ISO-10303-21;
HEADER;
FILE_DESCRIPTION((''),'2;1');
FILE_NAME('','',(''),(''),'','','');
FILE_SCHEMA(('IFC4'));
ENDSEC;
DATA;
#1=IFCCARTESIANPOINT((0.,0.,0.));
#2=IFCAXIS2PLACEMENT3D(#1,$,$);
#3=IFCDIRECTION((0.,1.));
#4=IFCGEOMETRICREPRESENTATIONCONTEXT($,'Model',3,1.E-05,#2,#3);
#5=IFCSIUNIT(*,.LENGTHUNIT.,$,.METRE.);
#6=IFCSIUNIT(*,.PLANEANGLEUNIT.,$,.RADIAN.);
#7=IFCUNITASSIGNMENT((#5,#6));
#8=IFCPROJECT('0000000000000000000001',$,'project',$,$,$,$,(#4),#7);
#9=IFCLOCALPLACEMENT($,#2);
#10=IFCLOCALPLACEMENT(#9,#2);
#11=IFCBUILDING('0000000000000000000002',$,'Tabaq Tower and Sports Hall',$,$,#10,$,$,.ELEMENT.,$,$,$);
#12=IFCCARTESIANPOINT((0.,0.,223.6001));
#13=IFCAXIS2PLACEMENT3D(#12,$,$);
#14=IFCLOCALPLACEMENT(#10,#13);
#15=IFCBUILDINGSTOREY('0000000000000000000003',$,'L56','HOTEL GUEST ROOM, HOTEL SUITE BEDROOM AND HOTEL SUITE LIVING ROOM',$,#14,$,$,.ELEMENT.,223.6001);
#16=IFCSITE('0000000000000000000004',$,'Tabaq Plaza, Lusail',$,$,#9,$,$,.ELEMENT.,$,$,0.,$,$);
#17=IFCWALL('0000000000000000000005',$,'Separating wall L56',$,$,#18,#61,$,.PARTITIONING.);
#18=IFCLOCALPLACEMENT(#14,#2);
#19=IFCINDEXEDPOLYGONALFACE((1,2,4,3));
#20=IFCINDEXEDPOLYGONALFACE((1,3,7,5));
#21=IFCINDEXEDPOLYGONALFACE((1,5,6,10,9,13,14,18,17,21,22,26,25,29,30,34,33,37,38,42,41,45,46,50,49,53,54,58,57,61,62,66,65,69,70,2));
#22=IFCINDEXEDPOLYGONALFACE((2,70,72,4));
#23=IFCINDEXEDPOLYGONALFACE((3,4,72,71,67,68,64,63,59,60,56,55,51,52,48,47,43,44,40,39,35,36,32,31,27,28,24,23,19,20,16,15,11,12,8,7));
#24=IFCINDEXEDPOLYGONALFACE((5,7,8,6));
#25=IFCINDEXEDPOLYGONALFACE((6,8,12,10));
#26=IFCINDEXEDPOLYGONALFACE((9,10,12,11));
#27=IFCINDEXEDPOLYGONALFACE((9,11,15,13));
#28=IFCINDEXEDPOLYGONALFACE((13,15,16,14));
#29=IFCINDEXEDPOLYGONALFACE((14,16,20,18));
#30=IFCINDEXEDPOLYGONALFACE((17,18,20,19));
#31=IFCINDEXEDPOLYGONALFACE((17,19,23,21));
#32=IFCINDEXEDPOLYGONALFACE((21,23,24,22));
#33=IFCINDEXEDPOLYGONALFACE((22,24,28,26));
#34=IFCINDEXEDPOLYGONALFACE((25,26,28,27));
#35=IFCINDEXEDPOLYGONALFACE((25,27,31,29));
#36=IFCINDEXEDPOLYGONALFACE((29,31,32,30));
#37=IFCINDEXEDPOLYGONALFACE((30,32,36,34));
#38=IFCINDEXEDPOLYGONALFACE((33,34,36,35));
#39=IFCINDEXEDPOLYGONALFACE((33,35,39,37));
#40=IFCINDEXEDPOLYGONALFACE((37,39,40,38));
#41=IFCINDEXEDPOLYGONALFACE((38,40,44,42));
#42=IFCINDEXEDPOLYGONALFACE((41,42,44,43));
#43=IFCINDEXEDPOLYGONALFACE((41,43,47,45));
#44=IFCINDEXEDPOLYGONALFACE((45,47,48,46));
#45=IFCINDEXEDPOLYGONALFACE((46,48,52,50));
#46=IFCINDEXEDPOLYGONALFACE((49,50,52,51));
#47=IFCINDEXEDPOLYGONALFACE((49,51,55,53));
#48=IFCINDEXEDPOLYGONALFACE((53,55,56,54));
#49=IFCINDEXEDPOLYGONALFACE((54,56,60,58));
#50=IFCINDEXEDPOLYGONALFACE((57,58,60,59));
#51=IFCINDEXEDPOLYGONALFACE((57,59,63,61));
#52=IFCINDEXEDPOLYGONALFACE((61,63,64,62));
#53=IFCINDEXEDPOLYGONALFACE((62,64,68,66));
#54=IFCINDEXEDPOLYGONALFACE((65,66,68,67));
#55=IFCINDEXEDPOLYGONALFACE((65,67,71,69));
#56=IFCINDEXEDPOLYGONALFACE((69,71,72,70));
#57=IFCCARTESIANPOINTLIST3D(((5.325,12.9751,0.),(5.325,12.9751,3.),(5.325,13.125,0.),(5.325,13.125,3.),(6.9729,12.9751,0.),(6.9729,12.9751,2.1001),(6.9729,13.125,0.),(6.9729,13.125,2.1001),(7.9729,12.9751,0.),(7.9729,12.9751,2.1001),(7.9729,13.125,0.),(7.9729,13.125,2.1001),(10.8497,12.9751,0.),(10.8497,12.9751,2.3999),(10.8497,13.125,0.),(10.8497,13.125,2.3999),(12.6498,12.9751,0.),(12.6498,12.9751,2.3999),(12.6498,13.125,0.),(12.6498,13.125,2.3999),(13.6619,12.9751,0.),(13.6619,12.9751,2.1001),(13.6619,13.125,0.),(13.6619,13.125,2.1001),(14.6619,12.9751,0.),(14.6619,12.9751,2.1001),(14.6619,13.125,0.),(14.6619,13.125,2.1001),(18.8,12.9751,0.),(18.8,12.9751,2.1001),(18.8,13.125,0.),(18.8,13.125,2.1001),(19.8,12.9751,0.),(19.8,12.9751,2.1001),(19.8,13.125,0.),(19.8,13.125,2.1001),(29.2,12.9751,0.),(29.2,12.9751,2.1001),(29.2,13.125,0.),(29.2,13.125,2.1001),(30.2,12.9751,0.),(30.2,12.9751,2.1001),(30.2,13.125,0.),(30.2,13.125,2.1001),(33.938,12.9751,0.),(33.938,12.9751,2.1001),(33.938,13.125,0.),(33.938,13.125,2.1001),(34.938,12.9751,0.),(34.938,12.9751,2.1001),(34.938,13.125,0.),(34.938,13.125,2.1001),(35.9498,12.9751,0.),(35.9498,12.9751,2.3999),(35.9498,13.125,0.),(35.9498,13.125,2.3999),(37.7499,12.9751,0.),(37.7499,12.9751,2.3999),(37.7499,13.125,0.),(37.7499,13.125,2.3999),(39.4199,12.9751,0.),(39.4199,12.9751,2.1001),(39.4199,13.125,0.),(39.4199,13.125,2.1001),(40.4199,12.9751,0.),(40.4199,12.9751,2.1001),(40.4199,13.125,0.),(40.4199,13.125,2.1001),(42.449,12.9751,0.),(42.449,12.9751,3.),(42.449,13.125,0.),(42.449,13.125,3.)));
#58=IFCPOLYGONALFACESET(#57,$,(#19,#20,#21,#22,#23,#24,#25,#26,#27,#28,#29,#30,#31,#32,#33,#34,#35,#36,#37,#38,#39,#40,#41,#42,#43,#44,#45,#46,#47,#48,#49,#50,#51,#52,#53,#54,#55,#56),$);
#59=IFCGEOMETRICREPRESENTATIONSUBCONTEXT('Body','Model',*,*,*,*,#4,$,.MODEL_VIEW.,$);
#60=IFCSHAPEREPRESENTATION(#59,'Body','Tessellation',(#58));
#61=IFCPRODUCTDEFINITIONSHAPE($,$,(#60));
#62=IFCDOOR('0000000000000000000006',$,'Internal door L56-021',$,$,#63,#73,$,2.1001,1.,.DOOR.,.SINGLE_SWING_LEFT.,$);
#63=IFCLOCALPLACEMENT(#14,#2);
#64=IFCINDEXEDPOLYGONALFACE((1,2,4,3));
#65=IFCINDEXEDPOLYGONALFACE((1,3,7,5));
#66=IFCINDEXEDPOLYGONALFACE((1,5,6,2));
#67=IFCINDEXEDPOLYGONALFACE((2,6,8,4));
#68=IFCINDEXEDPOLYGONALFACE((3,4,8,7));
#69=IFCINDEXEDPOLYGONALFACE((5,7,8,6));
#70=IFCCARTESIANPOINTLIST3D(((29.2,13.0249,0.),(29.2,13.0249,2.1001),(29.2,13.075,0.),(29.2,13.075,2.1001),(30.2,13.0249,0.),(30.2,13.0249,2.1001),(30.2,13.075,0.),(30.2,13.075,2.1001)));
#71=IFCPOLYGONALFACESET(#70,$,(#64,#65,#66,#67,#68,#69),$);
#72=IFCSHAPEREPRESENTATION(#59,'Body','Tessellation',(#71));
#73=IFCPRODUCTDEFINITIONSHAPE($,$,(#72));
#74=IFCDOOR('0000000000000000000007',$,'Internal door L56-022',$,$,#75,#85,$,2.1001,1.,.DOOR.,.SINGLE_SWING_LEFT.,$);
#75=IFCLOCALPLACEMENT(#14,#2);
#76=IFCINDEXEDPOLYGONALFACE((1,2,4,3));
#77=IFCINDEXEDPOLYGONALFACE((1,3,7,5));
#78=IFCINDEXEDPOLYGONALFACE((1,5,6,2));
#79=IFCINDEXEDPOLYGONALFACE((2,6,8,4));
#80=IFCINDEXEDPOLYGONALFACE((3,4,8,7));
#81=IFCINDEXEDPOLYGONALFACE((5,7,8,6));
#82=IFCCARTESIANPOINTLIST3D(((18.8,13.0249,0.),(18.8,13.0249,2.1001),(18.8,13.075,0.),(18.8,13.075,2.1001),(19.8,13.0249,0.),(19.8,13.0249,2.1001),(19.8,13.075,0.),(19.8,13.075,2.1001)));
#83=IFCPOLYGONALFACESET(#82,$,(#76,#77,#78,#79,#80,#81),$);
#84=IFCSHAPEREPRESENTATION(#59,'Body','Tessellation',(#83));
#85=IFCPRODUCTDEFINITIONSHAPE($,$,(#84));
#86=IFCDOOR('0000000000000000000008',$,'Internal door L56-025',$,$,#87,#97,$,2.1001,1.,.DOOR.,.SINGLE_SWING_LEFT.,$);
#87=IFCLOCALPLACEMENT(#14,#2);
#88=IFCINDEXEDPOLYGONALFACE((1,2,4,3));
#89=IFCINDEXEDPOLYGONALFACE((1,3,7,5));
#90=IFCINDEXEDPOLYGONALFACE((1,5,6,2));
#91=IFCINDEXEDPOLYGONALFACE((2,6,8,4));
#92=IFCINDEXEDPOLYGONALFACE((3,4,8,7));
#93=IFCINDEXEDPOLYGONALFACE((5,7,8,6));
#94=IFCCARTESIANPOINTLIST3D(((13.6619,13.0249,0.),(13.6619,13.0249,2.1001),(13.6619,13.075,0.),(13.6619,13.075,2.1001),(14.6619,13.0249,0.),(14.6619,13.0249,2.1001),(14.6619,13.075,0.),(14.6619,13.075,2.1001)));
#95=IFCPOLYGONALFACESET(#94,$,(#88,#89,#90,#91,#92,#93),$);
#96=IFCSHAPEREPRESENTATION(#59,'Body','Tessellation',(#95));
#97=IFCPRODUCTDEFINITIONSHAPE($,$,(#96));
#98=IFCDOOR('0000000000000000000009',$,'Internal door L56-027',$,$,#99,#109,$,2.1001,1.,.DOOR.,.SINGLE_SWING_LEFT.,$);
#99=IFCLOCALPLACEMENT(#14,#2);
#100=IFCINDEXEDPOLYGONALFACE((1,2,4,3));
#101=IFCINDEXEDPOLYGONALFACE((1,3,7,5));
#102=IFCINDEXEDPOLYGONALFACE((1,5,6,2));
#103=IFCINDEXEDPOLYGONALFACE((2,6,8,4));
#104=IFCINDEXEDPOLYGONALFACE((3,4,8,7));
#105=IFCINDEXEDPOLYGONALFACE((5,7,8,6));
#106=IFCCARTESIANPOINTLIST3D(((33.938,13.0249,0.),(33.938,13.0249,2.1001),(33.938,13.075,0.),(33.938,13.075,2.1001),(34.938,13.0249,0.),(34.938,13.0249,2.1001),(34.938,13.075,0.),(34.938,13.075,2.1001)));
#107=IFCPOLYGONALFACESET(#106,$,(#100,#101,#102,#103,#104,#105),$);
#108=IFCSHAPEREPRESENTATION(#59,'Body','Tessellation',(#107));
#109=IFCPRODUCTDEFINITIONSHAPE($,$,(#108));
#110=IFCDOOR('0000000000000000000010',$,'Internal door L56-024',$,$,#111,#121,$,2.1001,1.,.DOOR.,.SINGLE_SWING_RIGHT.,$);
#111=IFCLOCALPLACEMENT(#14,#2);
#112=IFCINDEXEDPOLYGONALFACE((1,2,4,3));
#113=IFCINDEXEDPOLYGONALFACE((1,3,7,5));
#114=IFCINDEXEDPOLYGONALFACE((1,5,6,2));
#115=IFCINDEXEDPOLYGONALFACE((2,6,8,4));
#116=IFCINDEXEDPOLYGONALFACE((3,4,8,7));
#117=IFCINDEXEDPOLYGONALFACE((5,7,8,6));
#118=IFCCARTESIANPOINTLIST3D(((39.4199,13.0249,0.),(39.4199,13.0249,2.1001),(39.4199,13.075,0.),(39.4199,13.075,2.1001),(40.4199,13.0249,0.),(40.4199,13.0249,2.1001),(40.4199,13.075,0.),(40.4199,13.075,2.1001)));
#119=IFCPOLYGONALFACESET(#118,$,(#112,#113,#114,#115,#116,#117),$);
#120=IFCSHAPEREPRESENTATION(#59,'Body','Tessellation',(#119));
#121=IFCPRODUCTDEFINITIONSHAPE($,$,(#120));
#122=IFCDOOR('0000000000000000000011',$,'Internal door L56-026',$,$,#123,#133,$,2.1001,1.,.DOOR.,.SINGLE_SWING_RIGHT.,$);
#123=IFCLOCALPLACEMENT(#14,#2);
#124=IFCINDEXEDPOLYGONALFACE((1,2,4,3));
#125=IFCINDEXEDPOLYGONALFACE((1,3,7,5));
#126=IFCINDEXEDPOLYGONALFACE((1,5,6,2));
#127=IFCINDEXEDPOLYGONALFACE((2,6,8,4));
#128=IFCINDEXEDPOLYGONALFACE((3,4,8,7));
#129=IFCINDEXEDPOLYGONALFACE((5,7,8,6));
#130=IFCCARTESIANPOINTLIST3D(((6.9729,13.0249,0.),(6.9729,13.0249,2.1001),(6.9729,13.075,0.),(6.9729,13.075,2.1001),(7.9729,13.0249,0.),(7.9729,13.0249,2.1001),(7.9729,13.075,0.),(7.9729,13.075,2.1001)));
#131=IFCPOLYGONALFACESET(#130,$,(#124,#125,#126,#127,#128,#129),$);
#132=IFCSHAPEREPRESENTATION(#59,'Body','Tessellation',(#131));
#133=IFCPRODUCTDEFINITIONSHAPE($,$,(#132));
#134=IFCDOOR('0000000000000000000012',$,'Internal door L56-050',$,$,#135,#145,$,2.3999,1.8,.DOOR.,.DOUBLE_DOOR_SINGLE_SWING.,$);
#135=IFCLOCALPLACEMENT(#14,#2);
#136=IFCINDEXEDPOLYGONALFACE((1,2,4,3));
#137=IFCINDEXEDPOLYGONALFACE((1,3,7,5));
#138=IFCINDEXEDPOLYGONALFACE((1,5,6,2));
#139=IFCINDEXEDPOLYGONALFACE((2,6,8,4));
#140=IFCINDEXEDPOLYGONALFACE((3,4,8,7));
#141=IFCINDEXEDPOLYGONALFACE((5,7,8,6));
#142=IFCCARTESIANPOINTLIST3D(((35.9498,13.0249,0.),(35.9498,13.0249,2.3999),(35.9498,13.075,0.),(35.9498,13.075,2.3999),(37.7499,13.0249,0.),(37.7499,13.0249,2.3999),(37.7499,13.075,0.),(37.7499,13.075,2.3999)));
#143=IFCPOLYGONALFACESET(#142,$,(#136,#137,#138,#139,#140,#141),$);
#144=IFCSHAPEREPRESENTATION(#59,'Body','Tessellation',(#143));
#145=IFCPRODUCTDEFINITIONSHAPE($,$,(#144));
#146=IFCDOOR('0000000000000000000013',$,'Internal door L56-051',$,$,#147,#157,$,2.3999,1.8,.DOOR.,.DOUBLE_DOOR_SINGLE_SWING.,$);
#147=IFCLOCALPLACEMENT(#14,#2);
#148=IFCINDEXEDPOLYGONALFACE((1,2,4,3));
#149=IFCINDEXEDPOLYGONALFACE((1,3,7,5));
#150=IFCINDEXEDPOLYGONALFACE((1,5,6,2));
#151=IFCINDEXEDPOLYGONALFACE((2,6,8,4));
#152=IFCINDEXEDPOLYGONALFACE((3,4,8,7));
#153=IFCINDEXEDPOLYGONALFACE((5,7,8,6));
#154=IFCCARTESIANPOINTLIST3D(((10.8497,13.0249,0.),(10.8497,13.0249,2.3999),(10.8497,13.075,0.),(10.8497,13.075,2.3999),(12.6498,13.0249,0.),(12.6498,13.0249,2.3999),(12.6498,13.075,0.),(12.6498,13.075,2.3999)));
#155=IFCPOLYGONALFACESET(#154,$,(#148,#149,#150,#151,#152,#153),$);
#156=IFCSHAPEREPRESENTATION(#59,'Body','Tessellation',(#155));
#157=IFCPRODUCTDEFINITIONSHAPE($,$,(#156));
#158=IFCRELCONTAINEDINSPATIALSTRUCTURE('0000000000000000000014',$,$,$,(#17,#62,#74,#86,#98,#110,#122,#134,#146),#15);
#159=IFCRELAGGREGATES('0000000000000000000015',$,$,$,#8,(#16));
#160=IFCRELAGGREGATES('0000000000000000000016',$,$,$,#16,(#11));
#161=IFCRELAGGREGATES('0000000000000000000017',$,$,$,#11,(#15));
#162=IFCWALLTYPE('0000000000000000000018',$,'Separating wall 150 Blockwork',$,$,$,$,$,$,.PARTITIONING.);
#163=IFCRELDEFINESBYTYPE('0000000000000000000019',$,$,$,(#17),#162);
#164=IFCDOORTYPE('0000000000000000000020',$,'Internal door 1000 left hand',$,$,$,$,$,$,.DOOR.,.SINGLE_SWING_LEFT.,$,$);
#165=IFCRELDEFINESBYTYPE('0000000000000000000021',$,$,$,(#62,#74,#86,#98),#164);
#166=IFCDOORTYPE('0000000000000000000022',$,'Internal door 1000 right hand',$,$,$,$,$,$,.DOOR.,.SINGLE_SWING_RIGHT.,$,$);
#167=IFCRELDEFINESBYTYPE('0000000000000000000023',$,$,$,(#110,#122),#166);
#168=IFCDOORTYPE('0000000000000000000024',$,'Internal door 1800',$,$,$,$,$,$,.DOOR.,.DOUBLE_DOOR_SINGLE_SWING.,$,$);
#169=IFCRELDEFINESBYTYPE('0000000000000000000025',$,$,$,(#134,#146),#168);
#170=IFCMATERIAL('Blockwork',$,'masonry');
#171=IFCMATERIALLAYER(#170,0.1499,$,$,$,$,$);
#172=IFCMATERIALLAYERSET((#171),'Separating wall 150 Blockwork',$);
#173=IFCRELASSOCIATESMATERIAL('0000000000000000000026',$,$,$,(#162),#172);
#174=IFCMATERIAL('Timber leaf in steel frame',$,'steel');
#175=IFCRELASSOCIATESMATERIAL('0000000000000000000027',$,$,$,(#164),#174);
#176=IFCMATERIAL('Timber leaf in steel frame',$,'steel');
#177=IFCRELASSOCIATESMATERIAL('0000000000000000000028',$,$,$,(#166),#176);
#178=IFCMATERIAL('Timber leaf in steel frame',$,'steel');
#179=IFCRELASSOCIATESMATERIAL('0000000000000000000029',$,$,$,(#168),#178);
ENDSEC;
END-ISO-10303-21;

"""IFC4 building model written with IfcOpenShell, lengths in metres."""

from ifc_helpers import new_model, si_unit, direction, frame, frame_2d, origin, place, context, subcontext, project, spatial, rectangle, extrude, material, layer, layer_set, type_object, element, fill, save


model = new_model("IFC4")

# Units and contexts
model_context = context("Model", 3, precision=1e-05, world=origin(), true_north=direction((0.0, 1.0)))
body_context = subcontext(model_context, "Body", "Model", "MODEL_VIEW")
ifc_project = project(units=[si_unit("LENGTHUNIT", "METRE"), si_unit("PLANEANGLEUNIT", "RADIAN")], contexts=[model_context])

# Site, building, storey
site_placement = place(None, origin())
site = spatial("IfcSite", under=ifc_project, at=site_placement, Name="Tabaq Plaza, Lusail", CompositionType="ELEMENT", RefElevation=0.0)
building_placement = place(site_placement, origin())
building = spatial("IfcBuilding", under=site, at=building_placement, Name="Tabaq Tower and Sports Hall", CompositionType="ELEMENT")
storey_placement = place(building_placement, frame((0.0, 0.0, 223.6001)))
storey = spatial("IfcBuildingStorey", under=building, at=storey_placement, Name="L56", Description="HOTEL GUEST ROOM, HOTEL SUITE BEDROOM AND HOTEL SUITE LIVING ROOM", CompositionType="ELEMENT", Elevation=223.6001)

# Wall, openings, doors
ifc_material_1 = material(Name="Blockwork", Category="masonry")
ifc_layer_1 = layer(ifc_material_1, 0.1499)
ifc_layer_set_1 = layer_set([ifc_layer_1], Name="Separating wall 150 Blockwork")
wall_type_1 = type_object("IfcWallType", Name="Separating wall 150 Blockwork", PredefinedType="PARTITIONING", material=ifc_layer_set_1)
wall_1_placement = place(storey_placement, frame((5.325, 13.05, 0.0), z_axis=(0.0, 0.0, 1.0), x_axis=(1.0, 0.0, 0.0)))
wall_1 = element("IfcWall", 1, at=wall_1_placement, inside=storey, type_object=wall_type_1, Name="Separating wall L56", PredefinedType="PARTITIONING", context=body_context, shape_type="SweptSolid", body=[
    extrude(rectangle(XDim=37.124, YDim=0.1499, at=frame_2d((18.562, 0.0))), origin(), (0.0, 0.0, 1.0), 3.0),
])
opening_1_placement = place(wall_1_placement, frame((23.875, 0.0, 0.0)))
opening_1 = element("IfcOpeningElement", 2, at=opening_1_placement, cuts=wall_1, PredefinedType="OPENING", context=body_context, shape_type="SweptSolid", body=[
    extrude(rectangle(XDim=1.0, YDim=2.1001, at=frame_2d((0.5, 1.05))), frame((0.0, 0.075, 0.0), z_axis=(0.0, -1.0, 0.0), x_axis=(1.0, 0.0, 0.0)), (0.0, 0.0, 1.0), 0.1499),
])
opening_2_placement = place(wall_1_placement, frame((13.4751, 0.0, 0.0)))
opening_2 = element("IfcOpeningElement", 3, at=opening_2_placement, cuts=wall_1, PredefinedType="OPENING", context=body_context, shape_type="SweptSolid", body=[
    extrude(rectangle(XDim=1.0, YDim=2.1001, at=frame_2d((0.5, 1.05))), frame((0.0, 0.075, 0.0), z_axis=(0.0, -1.0, 0.0), x_axis=(1.0, 0.0, 0.0)), (0.0, 0.0, 1.0), 0.1499),
])
opening_3_placement = place(wall_1_placement, frame((34.095, 0.0, 0.0)))
opening_3 = element("IfcOpeningElement", 4, at=opening_3_placement, cuts=wall_1, PredefinedType="OPENING", context=body_context, shape_type="SweptSolid", body=[
    extrude(rectangle(XDim=1.0, YDim=2.1001, at=frame_2d((0.5, 1.05))), frame((0.0, 0.075, 0.0), z_axis=(0.0, -1.0, 0.0), x_axis=(1.0, 0.0, 0.0)), (0.0, 0.0, 1.0), 0.1499),
])
opening_4_placement = place(wall_1_placement, frame((8.3369, 0.0, 0.0)))
opening_4 = element("IfcOpeningElement", 5, at=opening_4_placement, cuts=wall_1, PredefinedType="OPENING", context=body_context, shape_type="SweptSolid", body=[
    extrude(rectangle(XDim=1.0, YDim=2.1001, at=frame_2d((0.5, 1.05))), frame((0.0, 0.075, 0.0), z_axis=(0.0, -1.0, 0.0), x_axis=(1.0, 0.0, 0.0)), (0.0, 0.0, 1.0), 0.1499),
])
opening_5_placement = place(wall_1_placement, frame((1.6479, 0.0, 0.0)))
opening_5 = element("IfcOpeningElement", 6, at=opening_5_placement, cuts=wall_1, PredefinedType="OPENING", context=body_context, shape_type="SweptSolid", body=[
    extrude(rectangle(XDim=1.0, YDim=2.1001, at=frame_2d((0.5, 1.05))), frame((0.0, 0.075, 0.0), z_axis=(0.0, -1.0, 0.0), x_axis=(1.0, 0.0, 0.0)), (0.0, 0.0, 1.0), 0.1499),
])
opening_6_placement = place(wall_1_placement, frame((28.613, 0.0, 0.0)))
opening_6 = element("IfcOpeningElement", 7, at=opening_6_placement, cuts=wall_1, PredefinedType="OPENING", context=body_context, shape_type="SweptSolid", body=[
    extrude(rectangle(XDim=1.0, YDim=2.1001, at=frame_2d((0.5, 1.05))), frame((0.0, 0.075, 0.0), z_axis=(0.0, -1.0, 0.0), x_axis=(1.0, 0.0, 0.0)), (0.0, 0.0, 1.0), 0.1499),
])
opening_7_placement = place(wall_1_placement, frame((30.625, 0.0, 0.0)))
opening_7 = element("IfcOpeningElement", 8, at=opening_7_placement, cuts=wall_1, PredefinedType="OPENING", context=body_context, shape_type="SweptSolid", body=[
    extrude(rectangle(XDim=1.8, YDim=2.3999, at=frame_2d((0.8999, 1.2))), frame((0.0, 0.075, 0.0), z_axis=(0.0, -1.0, 0.0), x_axis=(1.0, 0.0, 0.0)), (0.0, 0.0, 1.0), 0.1499),
])
opening_8_placement = place(wall_1_placement, frame((5.5249, 0.0, 0.0)))
opening_8 = element("IfcOpeningElement", 9, at=opening_8_placement, cuts=wall_1, PredefinedType="OPENING", context=body_context, shape_type="SweptSolid", body=[
    extrude(rectangle(XDim=1.8, YDim=2.3999, at=frame_2d((0.8999, 1.2))), frame((0.0, 0.075, 0.0), z_axis=(0.0, -1.0, 0.0), x_axis=(1.0, 0.0, 0.0)), (0.0, 0.0, 1.0), 0.1499),
])
ifc_material_2 = material(Name="Timber leaf in steel frame", Category="steel")
door_type_1 = type_object("IfcDoorType", Name="Internal door 1000 left hand", OperationType="SINGLE_SWING_LEFT", PredefinedType="DOOR", material=ifc_material_2)
door_1_placement = place(opening_1_placement, origin())
door_1 = element("IfcDoor", 10, at=door_1_placement, inside=storey, type_object=door_type_1, Name="Internal door L56-021", OperationType="SINGLE_SWING_LEFT", OverallHeight=2.1001, OverallWidth=1.0, PredefinedType="DOOR", context=body_context, shape_type="SweptSolid", body=[
    extrude(rectangle(XDim=1.0, YDim=2.1001, at=frame_2d((0.5, 1.05))), frame((0.0, 0.0249, 0.0), z_axis=(0.0, -1.0, 0.0), x_axis=(1.0, 0.0, 0.0)), (0.0, 0.0, 1.0), 0.05),
])
fill(opening_1, door_1)
door_2_placement = place(opening_2_placement, origin())
door_2 = element("IfcDoor", 11, at=door_2_placement, inside=storey, type_object=door_type_1, Name="Internal door L56-022", OperationType="SINGLE_SWING_LEFT", OverallHeight=2.1001, OverallWidth=1.0, PredefinedType="DOOR", context=body_context, shape_type="SweptSolid", body=[
    extrude(rectangle(XDim=1.0, YDim=2.1001, at=frame_2d((0.5, 1.05))), frame((0.0, 0.0249, 0.0), z_axis=(0.0, -1.0, 0.0), x_axis=(1.0, 0.0, 0.0)), (0.0, 0.0, 1.0), 0.05),
])
fill(opening_2, door_2)
door_3_placement = place(opening_4_placement, origin())
door_3 = element("IfcDoor", 12, at=door_3_placement, inside=storey, type_object=door_type_1, Name="Internal door L56-025", OperationType="SINGLE_SWING_LEFT", OverallHeight=2.1001, OverallWidth=1.0, PredefinedType="DOOR", context=body_context, shape_type="SweptSolid", body=[
    extrude(rectangle(XDim=1.0, YDim=2.1001, at=frame_2d((0.5, 1.05))), frame((0.0, 0.0249, 0.0), z_axis=(0.0, -1.0, 0.0), x_axis=(1.0, 0.0, 0.0)), (0.0, 0.0, 1.0), 0.05),
])
fill(opening_4, door_3)
door_4_placement = place(opening_6_placement, origin())
door_4 = element("IfcDoor", 13, at=door_4_placement, inside=storey, type_object=door_type_1, Name="Internal door L56-027", OperationType="SINGLE_SWING_LEFT", OverallHeight=2.1001, OverallWidth=1.0, PredefinedType="DOOR", context=body_context, shape_type="SweptSolid", body=[
    extrude(rectangle(XDim=1.0, YDim=2.1001, at=frame_2d((0.5, 1.05))), frame((0.0, 0.0249, 0.0), z_axis=(0.0, -1.0, 0.0), x_axis=(1.0, 0.0, 0.0)), (0.0, 0.0, 1.0), 0.05),
])
fill(opening_6, door_4)
ifc_material_3 = material(Name="Timber leaf in steel frame", Category="steel")
door_type_2 = type_object("IfcDoorType", Name="Internal door 1000 right hand", OperationType="SINGLE_SWING_RIGHT", PredefinedType="DOOR", material=ifc_material_3)
door_5_placement = place(opening_3_placement, origin())
door_5 = element("IfcDoor", 14, at=door_5_placement, inside=storey, type_object=door_type_2, Name="Internal door L56-024", OperationType="SINGLE_SWING_RIGHT", OverallHeight=2.1001, OverallWidth=1.0, PredefinedType="DOOR", context=body_context, shape_type="SweptSolid", body=[
    extrude(rectangle(XDim=1.0, YDim=2.1001, at=frame_2d((0.5, 1.05))), frame((0.0, 0.0249, 0.0), z_axis=(0.0, -1.0, 0.0), x_axis=(1.0, 0.0, 0.0)), (0.0, 0.0, 1.0), 0.05),
])
fill(opening_3, door_5)
door_6_placement = place(opening_5_placement, origin())
door_6 = element("IfcDoor", 15, at=door_6_placement, inside=storey, type_object=door_type_2, Name="Internal door L56-026", OperationType="SINGLE_SWING_RIGHT", OverallHeight=2.1001, OverallWidth=1.0, PredefinedType="DOOR", context=body_context, shape_type="SweptSolid", body=[
    extrude(rectangle(XDim=1.0, YDim=2.1001, at=frame_2d((0.5, 1.05))), frame((0.0, 0.0249, 0.0), z_axis=(0.0, -1.0, 0.0), x_axis=(1.0, 0.0, 0.0)), (0.0, 0.0, 1.0), 0.05),
])
fill(opening_5, door_6)
ifc_material_4 = material(Name="Timber leaf in steel frame", Category="steel")
door_type_3 = type_object("IfcDoorType", Name="Internal door 1800", OperationType="DOUBLE_DOOR_SINGLE_SWING", PredefinedType="DOOR", material=ifc_material_4)
door_7_placement = place(opening_7_placement, origin())
door_7 = element("IfcDoor", 16, at=door_7_placement, inside=storey, type_object=door_type_3, Name="Internal door L56-050", OperationType="DOUBLE_DOOR_SINGLE_SWING", OverallHeight=2.3999, OverallWidth=1.8, PredefinedType="DOOR", context=body_context, shape_type="SweptSolid", body=[
    extrude(rectangle(XDim=1.8, YDim=2.3999, at=frame_2d((0.8999, 1.2))), frame((0.0, 0.0249, 0.0), z_axis=(0.0, -1.0, 0.0), x_axis=(1.0, 0.0, 0.0)), (0.0, 0.0, 1.0), 0.05),
])
fill(opening_7, door_7)
door_8_placement = place(opening_8_placement, origin())
door_8 = element("IfcDoor", 17, at=door_8_placement, inside=storey, type_object=door_type_3, Name="Internal door L56-051", OperationType="DOUBLE_DOOR_SINGLE_SWING", OverallHeight=2.3999, OverallWidth=1.8, PredefinedType="DOOR", context=body_context, shape_type="SweptSolid", body=[
    extrude(rectangle(XDim=1.8, YDim=2.3999, at=frame_2d((0.8999, 1.2))), frame((0.0, 0.0249, 0.0), z_axis=(0.0, -1.0, 0.0), x_axis=(1.0, 0.0, 0.0)), (0.0, 0.0, 1.0), 0.05),
])
fill(opening_8, door_8)

save(model, "model.ifc")
